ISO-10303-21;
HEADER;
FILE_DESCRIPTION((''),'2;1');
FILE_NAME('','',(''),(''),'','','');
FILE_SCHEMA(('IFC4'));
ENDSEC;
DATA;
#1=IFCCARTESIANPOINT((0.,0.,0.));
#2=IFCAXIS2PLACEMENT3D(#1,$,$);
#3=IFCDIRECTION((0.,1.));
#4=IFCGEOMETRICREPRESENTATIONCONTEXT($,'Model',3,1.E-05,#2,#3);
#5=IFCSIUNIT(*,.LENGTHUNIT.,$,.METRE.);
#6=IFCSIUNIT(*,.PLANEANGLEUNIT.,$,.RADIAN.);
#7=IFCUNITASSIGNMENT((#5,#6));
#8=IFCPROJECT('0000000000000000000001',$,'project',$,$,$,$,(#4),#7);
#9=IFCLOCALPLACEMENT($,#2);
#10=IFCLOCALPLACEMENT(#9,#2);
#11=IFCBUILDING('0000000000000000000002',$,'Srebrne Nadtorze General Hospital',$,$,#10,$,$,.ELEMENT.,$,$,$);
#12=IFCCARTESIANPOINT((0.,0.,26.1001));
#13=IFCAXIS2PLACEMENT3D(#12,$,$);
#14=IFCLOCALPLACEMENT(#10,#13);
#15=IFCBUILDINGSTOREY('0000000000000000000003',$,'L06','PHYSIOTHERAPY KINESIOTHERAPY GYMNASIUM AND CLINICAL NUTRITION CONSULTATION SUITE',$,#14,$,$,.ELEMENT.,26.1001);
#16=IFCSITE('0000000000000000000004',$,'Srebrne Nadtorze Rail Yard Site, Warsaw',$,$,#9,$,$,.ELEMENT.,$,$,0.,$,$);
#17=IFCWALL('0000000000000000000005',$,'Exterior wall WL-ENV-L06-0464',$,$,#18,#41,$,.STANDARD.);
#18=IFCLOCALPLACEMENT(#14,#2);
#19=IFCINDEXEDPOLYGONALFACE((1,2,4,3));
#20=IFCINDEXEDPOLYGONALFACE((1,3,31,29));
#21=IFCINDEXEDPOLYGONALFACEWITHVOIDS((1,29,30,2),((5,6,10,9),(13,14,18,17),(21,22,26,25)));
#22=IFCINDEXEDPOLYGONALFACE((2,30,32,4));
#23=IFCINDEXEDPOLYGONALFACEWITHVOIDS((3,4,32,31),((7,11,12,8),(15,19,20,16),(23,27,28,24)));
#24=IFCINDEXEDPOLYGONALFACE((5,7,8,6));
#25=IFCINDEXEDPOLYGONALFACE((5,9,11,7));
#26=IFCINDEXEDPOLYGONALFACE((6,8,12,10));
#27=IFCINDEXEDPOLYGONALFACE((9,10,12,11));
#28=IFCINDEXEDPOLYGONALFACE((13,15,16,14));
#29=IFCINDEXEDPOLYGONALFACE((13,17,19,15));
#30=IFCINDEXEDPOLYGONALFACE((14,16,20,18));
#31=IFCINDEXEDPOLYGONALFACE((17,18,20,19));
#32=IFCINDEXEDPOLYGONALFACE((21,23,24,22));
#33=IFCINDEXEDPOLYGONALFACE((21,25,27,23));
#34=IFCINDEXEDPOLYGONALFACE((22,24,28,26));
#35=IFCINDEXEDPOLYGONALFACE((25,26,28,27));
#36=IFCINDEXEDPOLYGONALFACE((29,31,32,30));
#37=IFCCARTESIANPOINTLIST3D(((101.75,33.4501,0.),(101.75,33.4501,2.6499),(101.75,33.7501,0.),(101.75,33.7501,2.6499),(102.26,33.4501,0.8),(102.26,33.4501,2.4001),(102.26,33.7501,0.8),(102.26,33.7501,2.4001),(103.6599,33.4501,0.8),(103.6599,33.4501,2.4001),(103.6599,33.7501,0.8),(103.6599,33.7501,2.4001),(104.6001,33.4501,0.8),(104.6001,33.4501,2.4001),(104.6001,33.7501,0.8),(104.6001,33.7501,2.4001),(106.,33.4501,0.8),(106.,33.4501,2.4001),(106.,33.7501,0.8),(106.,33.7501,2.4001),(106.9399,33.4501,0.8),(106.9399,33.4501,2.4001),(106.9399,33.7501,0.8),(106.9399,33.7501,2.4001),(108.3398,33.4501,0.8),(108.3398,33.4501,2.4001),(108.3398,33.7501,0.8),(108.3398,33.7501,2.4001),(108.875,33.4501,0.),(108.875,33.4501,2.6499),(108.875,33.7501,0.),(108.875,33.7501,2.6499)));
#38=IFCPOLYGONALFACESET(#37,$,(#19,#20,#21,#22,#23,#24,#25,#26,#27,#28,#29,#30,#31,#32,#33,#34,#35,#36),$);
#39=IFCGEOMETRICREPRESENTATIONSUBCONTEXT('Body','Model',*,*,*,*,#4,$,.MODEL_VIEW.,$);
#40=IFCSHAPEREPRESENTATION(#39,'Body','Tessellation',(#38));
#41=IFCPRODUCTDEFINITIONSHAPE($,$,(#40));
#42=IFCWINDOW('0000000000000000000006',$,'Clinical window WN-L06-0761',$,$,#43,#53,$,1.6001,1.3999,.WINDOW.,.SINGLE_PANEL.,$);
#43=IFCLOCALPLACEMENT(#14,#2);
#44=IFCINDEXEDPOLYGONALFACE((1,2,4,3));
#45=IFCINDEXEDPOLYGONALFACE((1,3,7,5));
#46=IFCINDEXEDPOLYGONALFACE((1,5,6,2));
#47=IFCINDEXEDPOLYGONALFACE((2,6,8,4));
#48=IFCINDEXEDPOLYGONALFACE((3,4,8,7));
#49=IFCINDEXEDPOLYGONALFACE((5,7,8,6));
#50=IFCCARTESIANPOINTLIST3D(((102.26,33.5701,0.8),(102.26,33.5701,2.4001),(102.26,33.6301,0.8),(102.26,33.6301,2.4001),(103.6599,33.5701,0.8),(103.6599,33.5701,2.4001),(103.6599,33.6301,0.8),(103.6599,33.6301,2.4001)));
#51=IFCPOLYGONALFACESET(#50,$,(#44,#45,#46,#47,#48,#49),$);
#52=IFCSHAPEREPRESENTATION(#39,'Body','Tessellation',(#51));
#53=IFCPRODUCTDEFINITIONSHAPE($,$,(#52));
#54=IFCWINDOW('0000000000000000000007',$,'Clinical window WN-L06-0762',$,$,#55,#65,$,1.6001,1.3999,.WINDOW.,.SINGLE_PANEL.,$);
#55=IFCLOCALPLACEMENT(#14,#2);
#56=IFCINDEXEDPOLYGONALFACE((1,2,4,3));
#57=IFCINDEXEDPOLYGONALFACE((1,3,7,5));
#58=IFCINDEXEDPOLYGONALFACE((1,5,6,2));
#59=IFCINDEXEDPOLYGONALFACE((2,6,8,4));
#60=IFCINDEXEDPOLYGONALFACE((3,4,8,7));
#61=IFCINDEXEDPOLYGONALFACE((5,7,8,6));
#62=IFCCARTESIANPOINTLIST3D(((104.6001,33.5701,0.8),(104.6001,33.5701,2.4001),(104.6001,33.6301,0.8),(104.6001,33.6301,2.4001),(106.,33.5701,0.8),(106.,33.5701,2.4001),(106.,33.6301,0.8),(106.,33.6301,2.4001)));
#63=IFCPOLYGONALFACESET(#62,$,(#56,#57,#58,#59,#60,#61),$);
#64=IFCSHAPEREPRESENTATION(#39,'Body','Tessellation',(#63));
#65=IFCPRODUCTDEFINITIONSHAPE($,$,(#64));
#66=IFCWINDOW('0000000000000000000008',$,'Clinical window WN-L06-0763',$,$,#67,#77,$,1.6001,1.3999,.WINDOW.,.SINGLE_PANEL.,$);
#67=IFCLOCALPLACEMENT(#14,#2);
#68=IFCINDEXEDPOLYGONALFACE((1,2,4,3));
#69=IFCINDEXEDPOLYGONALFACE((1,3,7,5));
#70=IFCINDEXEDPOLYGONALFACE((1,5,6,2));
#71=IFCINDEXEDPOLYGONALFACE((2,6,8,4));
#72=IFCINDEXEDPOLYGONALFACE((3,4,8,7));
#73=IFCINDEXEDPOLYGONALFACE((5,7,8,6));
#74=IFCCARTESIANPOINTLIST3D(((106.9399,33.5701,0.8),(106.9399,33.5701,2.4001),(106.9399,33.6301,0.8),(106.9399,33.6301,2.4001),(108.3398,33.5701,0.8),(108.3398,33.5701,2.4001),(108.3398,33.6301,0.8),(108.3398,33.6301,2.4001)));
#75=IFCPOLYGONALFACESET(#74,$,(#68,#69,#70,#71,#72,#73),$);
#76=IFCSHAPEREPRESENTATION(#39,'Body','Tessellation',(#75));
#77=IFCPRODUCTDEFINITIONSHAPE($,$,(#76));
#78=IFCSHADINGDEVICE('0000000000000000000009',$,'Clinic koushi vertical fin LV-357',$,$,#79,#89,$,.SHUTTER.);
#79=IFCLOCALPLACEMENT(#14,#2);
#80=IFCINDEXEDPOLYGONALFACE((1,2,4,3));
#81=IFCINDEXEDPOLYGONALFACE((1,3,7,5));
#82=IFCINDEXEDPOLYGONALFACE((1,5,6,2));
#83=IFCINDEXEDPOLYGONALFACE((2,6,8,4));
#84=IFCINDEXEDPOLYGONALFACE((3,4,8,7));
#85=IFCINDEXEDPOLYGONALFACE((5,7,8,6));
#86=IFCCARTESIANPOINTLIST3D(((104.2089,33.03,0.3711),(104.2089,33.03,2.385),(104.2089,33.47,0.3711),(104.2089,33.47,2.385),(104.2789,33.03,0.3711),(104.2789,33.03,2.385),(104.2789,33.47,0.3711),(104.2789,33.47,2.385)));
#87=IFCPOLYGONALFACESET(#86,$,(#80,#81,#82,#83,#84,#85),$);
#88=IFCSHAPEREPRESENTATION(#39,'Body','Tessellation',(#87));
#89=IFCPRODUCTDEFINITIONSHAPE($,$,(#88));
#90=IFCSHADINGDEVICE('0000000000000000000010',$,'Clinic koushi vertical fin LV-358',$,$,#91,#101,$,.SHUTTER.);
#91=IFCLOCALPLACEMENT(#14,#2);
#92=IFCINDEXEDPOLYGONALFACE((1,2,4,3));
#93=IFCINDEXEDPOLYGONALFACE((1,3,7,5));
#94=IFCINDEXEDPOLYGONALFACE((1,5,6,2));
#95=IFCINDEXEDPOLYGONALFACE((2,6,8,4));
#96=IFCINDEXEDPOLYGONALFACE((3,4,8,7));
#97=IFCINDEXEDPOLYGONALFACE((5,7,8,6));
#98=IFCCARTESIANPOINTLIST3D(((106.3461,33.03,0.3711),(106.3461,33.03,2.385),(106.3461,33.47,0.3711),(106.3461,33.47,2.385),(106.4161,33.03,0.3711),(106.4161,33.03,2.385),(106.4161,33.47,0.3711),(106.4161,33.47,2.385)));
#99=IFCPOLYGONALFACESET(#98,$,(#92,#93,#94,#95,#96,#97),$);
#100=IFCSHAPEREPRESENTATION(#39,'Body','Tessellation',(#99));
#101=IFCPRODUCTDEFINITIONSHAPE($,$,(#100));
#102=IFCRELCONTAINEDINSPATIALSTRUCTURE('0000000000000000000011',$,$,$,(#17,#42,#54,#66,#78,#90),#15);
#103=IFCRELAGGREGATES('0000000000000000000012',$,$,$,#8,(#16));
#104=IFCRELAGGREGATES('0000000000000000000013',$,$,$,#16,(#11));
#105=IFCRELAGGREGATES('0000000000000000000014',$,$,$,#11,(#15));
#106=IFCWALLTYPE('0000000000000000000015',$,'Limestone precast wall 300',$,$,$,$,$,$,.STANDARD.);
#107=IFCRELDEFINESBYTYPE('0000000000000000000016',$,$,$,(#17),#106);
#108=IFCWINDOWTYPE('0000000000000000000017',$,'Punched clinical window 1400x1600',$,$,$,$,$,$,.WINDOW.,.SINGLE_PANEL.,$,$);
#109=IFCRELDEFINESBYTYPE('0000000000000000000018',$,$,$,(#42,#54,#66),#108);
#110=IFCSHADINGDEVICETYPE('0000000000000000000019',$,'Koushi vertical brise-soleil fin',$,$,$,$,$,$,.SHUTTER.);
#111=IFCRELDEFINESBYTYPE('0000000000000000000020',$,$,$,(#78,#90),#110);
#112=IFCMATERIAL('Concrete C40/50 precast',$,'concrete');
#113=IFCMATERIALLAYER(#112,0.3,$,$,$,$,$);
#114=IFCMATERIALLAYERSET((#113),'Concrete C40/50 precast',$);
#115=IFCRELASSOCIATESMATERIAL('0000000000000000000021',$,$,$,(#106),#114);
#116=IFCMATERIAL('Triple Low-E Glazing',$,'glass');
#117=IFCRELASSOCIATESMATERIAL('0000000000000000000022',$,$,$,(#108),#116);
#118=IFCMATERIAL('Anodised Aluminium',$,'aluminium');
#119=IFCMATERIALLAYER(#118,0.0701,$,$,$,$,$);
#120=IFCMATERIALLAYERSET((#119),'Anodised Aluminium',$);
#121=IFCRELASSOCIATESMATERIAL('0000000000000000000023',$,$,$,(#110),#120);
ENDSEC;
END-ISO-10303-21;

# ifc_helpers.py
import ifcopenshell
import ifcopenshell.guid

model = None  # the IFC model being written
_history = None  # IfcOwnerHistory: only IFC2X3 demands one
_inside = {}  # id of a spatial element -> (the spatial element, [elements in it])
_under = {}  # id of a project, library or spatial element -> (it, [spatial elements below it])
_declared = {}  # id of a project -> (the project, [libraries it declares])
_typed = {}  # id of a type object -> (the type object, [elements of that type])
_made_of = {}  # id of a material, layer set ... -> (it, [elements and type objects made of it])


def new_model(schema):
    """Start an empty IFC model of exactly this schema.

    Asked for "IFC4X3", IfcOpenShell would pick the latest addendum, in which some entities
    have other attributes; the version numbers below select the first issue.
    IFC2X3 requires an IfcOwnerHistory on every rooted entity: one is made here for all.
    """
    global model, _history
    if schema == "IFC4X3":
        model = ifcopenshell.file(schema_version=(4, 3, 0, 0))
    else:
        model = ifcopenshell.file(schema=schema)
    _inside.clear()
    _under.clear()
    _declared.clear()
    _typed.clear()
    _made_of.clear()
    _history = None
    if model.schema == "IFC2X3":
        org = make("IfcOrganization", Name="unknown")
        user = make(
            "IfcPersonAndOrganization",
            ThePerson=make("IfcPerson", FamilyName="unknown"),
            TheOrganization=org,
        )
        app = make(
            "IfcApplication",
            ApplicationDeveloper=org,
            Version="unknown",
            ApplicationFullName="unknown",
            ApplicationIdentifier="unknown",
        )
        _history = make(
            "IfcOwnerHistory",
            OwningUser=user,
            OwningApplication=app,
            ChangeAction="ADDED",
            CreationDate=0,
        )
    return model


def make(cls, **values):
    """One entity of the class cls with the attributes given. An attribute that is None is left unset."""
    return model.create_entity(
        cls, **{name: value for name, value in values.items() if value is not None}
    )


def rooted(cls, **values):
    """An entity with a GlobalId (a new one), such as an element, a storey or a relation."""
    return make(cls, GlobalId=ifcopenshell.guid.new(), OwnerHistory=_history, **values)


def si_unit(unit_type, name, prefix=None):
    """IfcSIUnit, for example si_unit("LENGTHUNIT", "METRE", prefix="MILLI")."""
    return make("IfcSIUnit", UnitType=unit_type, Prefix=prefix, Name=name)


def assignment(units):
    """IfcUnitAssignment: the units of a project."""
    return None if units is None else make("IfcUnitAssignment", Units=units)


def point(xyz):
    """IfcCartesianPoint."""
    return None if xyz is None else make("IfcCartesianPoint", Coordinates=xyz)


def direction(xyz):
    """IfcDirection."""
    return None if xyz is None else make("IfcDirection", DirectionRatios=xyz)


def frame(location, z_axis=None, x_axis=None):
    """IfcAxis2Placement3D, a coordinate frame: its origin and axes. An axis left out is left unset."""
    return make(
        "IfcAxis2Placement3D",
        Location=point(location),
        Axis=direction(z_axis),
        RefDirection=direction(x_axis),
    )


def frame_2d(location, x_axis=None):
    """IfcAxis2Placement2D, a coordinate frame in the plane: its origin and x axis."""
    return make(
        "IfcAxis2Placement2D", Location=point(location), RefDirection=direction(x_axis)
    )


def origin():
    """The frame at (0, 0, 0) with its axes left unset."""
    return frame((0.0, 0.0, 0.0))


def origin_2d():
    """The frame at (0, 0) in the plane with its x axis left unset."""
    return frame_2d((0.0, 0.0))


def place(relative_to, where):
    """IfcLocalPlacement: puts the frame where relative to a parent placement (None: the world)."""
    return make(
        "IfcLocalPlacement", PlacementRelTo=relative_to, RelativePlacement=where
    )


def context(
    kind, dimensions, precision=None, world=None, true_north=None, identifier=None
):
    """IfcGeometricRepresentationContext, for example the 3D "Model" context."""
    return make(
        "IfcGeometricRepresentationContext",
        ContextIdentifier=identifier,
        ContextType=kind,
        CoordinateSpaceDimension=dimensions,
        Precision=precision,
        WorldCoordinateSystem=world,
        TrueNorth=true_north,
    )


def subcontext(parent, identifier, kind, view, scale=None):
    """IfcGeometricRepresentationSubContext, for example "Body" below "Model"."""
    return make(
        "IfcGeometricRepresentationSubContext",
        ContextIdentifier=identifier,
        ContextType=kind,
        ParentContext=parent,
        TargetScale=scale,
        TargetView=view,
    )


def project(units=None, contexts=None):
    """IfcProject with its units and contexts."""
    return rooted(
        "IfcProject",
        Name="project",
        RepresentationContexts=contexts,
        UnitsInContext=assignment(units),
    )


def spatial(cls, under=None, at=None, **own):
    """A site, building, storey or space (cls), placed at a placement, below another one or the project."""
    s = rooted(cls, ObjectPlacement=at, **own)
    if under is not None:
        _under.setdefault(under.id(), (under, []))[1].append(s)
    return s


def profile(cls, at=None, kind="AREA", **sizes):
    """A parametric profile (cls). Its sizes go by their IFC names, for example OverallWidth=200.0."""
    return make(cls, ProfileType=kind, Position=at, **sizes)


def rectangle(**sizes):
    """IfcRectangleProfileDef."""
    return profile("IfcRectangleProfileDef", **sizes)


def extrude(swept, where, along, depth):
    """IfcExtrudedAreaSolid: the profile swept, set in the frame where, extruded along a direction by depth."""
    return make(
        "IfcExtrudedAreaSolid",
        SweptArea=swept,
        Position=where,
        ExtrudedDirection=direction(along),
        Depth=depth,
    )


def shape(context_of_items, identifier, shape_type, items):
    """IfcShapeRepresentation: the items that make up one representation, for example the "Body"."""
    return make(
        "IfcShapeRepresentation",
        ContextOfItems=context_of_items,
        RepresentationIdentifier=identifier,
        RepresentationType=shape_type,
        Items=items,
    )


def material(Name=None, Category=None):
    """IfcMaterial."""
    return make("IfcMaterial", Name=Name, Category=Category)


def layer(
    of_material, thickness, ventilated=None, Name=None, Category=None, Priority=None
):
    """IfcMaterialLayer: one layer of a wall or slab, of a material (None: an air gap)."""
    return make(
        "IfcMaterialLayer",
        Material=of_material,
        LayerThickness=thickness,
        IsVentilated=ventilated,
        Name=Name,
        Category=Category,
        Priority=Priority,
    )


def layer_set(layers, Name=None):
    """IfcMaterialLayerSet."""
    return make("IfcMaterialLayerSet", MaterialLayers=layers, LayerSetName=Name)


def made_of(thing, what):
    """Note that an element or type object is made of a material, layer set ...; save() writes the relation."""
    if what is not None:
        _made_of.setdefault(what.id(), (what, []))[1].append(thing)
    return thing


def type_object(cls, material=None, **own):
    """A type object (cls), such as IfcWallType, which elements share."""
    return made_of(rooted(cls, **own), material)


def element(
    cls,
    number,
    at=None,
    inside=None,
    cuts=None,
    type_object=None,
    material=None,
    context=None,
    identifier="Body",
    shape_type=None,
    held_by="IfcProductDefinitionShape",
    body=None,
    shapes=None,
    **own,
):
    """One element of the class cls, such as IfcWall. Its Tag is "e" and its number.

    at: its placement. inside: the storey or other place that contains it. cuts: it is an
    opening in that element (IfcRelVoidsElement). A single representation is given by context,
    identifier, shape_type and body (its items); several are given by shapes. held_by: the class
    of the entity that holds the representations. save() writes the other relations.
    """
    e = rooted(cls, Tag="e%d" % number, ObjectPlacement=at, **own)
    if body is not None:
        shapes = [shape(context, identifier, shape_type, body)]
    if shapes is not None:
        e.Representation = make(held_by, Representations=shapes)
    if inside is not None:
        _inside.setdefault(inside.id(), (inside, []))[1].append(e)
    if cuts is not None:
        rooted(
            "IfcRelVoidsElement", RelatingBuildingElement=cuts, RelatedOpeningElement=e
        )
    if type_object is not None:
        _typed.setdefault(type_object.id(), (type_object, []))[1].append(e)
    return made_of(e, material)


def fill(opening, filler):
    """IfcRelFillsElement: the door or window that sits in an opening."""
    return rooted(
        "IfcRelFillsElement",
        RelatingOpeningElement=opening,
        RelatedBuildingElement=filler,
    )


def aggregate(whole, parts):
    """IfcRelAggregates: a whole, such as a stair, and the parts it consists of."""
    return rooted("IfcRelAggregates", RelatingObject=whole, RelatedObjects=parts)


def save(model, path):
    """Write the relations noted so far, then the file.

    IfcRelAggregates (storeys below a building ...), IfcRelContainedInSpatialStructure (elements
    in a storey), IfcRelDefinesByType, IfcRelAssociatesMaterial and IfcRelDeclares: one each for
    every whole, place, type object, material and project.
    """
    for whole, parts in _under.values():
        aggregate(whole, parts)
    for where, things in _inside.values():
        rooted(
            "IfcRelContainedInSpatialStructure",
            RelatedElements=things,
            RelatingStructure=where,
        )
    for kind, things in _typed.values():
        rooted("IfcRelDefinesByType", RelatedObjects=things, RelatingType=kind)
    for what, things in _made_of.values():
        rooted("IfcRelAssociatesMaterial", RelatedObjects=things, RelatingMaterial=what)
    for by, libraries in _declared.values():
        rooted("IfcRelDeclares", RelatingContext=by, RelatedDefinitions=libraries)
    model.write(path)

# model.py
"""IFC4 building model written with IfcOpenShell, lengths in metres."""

from ifc_helpers import new_model, si_unit, direction, frame, frame_2d, origin, origin_2d, place, context, subcontext, project, spatial, rectangle, extrude, material, layer, layer_set, type_object, element, fill, save


model = new_model("IFC4")

# Units and contexts
model_context = context("Model", 3, precision=1e-05, world=origin(), true_north=direction((0.0, 1.0)))
body_context = subcontext(model_context, "Body", "Model", "MODEL_VIEW")
ifc_project = project(units=[si_unit("LENGTHUNIT", "METRE"), si_unit("PLANEANGLEUNIT", "RADIAN")], contexts=[model_context])

# Site, building, storey
site_placement = place(None, origin())
site = spatial("IfcSite", under=ifc_project, at=site_placement, Name="Srebrne Nadtorze Rail Yard Site, Warsaw", CompositionType="ELEMENT", RefElevation=0.0)
building_placement = place(site_placement, origin())
building = spatial("IfcBuilding", under=site, at=building_placement, Name="Srebrne Nadtorze General Hospital", CompositionType="ELEMENT")
storey_placement = place(building_placement, frame((0.0, 0.0, 26.1001)))
storey = spatial("IfcBuildingStorey", under=building, at=storey_placement, Name="L06", Description="PHYSIOTHERAPY KINESIOTHERAPY GYMNASIUM AND CLINICAL NUTRITION CONSULTATION SUITE", CompositionType="ELEMENT", Elevation=26.1001)

# Wall, openings, windows
ifc_material_1 = material(Name="Concrete C40/50 precast", Category="concrete")
ifc_layer_1 = layer(ifc_material_1, 0.3)
ifc_layer_set_1 = layer_set([ifc_layer_1], Name="Concrete C40/50 precast")
wall_type_1 = type_object("IfcWallType", Name="Limestone precast wall 300", PredefinedType="STANDARD", material=ifc_layer_set_1)
wall_1_placement = place(storey_placement, frame((101.75, 33.6001, 0.0), z_axis=(0.0, 0.0, 1.0), x_axis=(1.0, 0.0, 0.0)))
wall_1 = element("IfcWall", 1, at=wall_1_placement, inside=storey, type_object=wall_type_1, Name="Exterior wall WL-ENV-L06-0464", PredefinedType="STANDARD", context=body_context, shape_type="SweptSolid", body=[
    extrude(rectangle(XDim=7.125, YDim=0.3, at=frame_2d((3.5625, 0.0))), origin(), (0.0, 0.0, 1.0), 2.6499),
])
opening_1_placement = place(wall_1_placement, frame((0.51, 0.0, 0.8)))
opening_1 = element("IfcOpeningElement", 2, at=opening_1_placement, cuts=wall_1, PredefinedType="OPENING", context=body_context, shape_type="SweptSolid", body=[
    extrude(rectangle(XDim=1.3999, YDim=1.6001, at=frame_2d((0.7, 0.8))), frame((0.0, 0.1621, 0.0), z_axis=(0.0, -1.0, 0.0), x_axis=(1.0, 0.0, 0.0)), (0.0, 0.0, 1.0), 0.324),
])
opening_2_placement = place(wall_1_placement, frame((2.8501, 0.0, 0.8)))
opening_2 = element("IfcOpeningElement", 3, at=opening_2_placement, cuts=wall_1, PredefinedType="OPENING", context=body_context, shape_type="SweptSolid", body=[
    extrude(rectangle(XDim=1.3999, YDim=1.6001, at=frame_2d((0.7, 0.8))), frame((0.0, 0.1621, 0.0), z_axis=(0.0, -1.0, 0.0), x_axis=(1.0, 0.0, 0.0)), (0.0, 0.0, 1.0), 0.324),
])
opening_3_placement = place(wall_1_placement, frame((5.1899, 0.0, 0.8)))
opening_3 = element("IfcOpeningElement", 4, at=opening_3_placement, cuts=wall_1, PredefinedType="OPENING", context=body_context, shape_type="SweptSolid", body=[
    extrude(rectangle(XDim=1.3999, YDim=1.6001, at=frame_2d((0.7, 0.8))), frame((0.0, 0.1621, 0.0), z_axis=(0.0, -1.0, 0.0), x_axis=(1.0, 0.0, 0.0)), (0.0, 0.0, 1.0), 0.324),
])
ifc_material_2 = material(Name="Triple Low-E Glazing", Category="glass")
window_type = type_object("IfcWindowType", Name="Punched clinical window 1400x1600", PartitioningType="SINGLE_PANEL", PredefinedType="WINDOW", material=ifc_material_2)
window_1_placement = place(opening_1_placement, origin())
window_1 = element("IfcWindow", 5, at=window_1_placement, inside=storey, type_object=window_type, Name="Clinical window WN-L06-0761", OverallHeight=1.6001, OverallWidth=1.3999, PartitioningType="SINGLE_PANEL", PredefinedType="WINDOW", context=body_context, shape_type="SweptSolid", body=[
    extrude(rectangle(XDim=1.3999, YDim=1.6001, at=frame_2d((0.7, 0.8))), frame((0.0, 0.03, 0.0), z_axis=(0.0, -1.0, 0.0), x_axis=(1.0, 0.0, 0.0)), (0.0, 0.0, 1.0), 0.0601),
])
fill(opening_1, window_1)
window_2_placement = place(opening_2_placement, origin())
window_2 = element("IfcWindow", 6, at=window_2_placement, inside=storey, type_object=window_type, Name="Clinical window WN-L06-0762", OverallHeight=1.6001, OverallWidth=1.3999, PartitioningType="SINGLE_PANEL", PredefinedType="WINDOW", context=body_context, shape_type="SweptSolid", body=[
    extrude(rectangle(XDim=1.3999, YDim=1.6001, at=frame_2d((0.7, 0.8))), frame((0.0, 0.03, 0.0), z_axis=(0.0, -1.0, 0.0), x_axis=(1.0, 0.0, 0.0)), (0.0, 0.0, 1.0), 0.0601),
])
fill(opening_2, window_2)
window_3_placement = place(opening_3_placement, origin())
window_3 = element("IfcWindow", 7, at=window_3_placement, inside=storey, type_object=window_type, Name="Clinical window WN-L06-0763", OverallHeight=1.6001, OverallWidth=1.3999, PartitioningType="SINGLE_PANEL", PredefinedType="WINDOW", context=body_context, shape_type="SweptSolid", body=[
    extrude(rectangle(XDim=1.3999, YDim=1.6001, at=frame_2d((0.7, 0.8))), frame((0.0, 0.03, 0.0), z_axis=(0.0, -1.0, 0.0), x_axis=(1.0, 0.0, 0.0)), (0.0, 0.0, 1.0), 0.0601),
])
fill(opening_3, window_3)

# Shading devices
ifc_material_3 = material(Name="Anodised Aluminium", Category="aluminium")
ifc_layer_2 = layer(ifc_material_3, 0.0701)
ifc_layer_set_2 = layer_set([ifc_layer_2], Name="Anodised Aluminium")
shading_device_type = type_object("IfcShadingDeviceType", Name="Koushi vertical brise-soleil fin", PredefinedType="SHUTTER", material=ifc_layer_set_2)
for number, where, z_axis, x_axis, name in (
    (8, (104.2439, 33.25, 0.3711), (0.0, 0.0, 1.0), (1.0, 0.0, 0.0), "Clinic koushi vertical fin LV-357"),
    (9, (106.3811, 33.25, 0.3711), (0.0, 0.0, 1.0), (1.0, 0.0, 0.0), "Clinic koushi vertical fin LV-358"),
):
    element("IfcShadingDevice", number, at=place(storey_placement, frame(where, z_axis=z_axis, x_axis=x_axis)), inside=storey, type_object=shading_device_type, Name=name, PredefinedType="SHUTTER", context=body_context, shape_type="SweptSolid", body=[
        extrude(rectangle(XDim=0.0701, YDim=0.4399, at=origin_2d()), origin(), (0.0, 0.0, 1.0), 2.0139),
    ])

save(model, "model.ifc")
